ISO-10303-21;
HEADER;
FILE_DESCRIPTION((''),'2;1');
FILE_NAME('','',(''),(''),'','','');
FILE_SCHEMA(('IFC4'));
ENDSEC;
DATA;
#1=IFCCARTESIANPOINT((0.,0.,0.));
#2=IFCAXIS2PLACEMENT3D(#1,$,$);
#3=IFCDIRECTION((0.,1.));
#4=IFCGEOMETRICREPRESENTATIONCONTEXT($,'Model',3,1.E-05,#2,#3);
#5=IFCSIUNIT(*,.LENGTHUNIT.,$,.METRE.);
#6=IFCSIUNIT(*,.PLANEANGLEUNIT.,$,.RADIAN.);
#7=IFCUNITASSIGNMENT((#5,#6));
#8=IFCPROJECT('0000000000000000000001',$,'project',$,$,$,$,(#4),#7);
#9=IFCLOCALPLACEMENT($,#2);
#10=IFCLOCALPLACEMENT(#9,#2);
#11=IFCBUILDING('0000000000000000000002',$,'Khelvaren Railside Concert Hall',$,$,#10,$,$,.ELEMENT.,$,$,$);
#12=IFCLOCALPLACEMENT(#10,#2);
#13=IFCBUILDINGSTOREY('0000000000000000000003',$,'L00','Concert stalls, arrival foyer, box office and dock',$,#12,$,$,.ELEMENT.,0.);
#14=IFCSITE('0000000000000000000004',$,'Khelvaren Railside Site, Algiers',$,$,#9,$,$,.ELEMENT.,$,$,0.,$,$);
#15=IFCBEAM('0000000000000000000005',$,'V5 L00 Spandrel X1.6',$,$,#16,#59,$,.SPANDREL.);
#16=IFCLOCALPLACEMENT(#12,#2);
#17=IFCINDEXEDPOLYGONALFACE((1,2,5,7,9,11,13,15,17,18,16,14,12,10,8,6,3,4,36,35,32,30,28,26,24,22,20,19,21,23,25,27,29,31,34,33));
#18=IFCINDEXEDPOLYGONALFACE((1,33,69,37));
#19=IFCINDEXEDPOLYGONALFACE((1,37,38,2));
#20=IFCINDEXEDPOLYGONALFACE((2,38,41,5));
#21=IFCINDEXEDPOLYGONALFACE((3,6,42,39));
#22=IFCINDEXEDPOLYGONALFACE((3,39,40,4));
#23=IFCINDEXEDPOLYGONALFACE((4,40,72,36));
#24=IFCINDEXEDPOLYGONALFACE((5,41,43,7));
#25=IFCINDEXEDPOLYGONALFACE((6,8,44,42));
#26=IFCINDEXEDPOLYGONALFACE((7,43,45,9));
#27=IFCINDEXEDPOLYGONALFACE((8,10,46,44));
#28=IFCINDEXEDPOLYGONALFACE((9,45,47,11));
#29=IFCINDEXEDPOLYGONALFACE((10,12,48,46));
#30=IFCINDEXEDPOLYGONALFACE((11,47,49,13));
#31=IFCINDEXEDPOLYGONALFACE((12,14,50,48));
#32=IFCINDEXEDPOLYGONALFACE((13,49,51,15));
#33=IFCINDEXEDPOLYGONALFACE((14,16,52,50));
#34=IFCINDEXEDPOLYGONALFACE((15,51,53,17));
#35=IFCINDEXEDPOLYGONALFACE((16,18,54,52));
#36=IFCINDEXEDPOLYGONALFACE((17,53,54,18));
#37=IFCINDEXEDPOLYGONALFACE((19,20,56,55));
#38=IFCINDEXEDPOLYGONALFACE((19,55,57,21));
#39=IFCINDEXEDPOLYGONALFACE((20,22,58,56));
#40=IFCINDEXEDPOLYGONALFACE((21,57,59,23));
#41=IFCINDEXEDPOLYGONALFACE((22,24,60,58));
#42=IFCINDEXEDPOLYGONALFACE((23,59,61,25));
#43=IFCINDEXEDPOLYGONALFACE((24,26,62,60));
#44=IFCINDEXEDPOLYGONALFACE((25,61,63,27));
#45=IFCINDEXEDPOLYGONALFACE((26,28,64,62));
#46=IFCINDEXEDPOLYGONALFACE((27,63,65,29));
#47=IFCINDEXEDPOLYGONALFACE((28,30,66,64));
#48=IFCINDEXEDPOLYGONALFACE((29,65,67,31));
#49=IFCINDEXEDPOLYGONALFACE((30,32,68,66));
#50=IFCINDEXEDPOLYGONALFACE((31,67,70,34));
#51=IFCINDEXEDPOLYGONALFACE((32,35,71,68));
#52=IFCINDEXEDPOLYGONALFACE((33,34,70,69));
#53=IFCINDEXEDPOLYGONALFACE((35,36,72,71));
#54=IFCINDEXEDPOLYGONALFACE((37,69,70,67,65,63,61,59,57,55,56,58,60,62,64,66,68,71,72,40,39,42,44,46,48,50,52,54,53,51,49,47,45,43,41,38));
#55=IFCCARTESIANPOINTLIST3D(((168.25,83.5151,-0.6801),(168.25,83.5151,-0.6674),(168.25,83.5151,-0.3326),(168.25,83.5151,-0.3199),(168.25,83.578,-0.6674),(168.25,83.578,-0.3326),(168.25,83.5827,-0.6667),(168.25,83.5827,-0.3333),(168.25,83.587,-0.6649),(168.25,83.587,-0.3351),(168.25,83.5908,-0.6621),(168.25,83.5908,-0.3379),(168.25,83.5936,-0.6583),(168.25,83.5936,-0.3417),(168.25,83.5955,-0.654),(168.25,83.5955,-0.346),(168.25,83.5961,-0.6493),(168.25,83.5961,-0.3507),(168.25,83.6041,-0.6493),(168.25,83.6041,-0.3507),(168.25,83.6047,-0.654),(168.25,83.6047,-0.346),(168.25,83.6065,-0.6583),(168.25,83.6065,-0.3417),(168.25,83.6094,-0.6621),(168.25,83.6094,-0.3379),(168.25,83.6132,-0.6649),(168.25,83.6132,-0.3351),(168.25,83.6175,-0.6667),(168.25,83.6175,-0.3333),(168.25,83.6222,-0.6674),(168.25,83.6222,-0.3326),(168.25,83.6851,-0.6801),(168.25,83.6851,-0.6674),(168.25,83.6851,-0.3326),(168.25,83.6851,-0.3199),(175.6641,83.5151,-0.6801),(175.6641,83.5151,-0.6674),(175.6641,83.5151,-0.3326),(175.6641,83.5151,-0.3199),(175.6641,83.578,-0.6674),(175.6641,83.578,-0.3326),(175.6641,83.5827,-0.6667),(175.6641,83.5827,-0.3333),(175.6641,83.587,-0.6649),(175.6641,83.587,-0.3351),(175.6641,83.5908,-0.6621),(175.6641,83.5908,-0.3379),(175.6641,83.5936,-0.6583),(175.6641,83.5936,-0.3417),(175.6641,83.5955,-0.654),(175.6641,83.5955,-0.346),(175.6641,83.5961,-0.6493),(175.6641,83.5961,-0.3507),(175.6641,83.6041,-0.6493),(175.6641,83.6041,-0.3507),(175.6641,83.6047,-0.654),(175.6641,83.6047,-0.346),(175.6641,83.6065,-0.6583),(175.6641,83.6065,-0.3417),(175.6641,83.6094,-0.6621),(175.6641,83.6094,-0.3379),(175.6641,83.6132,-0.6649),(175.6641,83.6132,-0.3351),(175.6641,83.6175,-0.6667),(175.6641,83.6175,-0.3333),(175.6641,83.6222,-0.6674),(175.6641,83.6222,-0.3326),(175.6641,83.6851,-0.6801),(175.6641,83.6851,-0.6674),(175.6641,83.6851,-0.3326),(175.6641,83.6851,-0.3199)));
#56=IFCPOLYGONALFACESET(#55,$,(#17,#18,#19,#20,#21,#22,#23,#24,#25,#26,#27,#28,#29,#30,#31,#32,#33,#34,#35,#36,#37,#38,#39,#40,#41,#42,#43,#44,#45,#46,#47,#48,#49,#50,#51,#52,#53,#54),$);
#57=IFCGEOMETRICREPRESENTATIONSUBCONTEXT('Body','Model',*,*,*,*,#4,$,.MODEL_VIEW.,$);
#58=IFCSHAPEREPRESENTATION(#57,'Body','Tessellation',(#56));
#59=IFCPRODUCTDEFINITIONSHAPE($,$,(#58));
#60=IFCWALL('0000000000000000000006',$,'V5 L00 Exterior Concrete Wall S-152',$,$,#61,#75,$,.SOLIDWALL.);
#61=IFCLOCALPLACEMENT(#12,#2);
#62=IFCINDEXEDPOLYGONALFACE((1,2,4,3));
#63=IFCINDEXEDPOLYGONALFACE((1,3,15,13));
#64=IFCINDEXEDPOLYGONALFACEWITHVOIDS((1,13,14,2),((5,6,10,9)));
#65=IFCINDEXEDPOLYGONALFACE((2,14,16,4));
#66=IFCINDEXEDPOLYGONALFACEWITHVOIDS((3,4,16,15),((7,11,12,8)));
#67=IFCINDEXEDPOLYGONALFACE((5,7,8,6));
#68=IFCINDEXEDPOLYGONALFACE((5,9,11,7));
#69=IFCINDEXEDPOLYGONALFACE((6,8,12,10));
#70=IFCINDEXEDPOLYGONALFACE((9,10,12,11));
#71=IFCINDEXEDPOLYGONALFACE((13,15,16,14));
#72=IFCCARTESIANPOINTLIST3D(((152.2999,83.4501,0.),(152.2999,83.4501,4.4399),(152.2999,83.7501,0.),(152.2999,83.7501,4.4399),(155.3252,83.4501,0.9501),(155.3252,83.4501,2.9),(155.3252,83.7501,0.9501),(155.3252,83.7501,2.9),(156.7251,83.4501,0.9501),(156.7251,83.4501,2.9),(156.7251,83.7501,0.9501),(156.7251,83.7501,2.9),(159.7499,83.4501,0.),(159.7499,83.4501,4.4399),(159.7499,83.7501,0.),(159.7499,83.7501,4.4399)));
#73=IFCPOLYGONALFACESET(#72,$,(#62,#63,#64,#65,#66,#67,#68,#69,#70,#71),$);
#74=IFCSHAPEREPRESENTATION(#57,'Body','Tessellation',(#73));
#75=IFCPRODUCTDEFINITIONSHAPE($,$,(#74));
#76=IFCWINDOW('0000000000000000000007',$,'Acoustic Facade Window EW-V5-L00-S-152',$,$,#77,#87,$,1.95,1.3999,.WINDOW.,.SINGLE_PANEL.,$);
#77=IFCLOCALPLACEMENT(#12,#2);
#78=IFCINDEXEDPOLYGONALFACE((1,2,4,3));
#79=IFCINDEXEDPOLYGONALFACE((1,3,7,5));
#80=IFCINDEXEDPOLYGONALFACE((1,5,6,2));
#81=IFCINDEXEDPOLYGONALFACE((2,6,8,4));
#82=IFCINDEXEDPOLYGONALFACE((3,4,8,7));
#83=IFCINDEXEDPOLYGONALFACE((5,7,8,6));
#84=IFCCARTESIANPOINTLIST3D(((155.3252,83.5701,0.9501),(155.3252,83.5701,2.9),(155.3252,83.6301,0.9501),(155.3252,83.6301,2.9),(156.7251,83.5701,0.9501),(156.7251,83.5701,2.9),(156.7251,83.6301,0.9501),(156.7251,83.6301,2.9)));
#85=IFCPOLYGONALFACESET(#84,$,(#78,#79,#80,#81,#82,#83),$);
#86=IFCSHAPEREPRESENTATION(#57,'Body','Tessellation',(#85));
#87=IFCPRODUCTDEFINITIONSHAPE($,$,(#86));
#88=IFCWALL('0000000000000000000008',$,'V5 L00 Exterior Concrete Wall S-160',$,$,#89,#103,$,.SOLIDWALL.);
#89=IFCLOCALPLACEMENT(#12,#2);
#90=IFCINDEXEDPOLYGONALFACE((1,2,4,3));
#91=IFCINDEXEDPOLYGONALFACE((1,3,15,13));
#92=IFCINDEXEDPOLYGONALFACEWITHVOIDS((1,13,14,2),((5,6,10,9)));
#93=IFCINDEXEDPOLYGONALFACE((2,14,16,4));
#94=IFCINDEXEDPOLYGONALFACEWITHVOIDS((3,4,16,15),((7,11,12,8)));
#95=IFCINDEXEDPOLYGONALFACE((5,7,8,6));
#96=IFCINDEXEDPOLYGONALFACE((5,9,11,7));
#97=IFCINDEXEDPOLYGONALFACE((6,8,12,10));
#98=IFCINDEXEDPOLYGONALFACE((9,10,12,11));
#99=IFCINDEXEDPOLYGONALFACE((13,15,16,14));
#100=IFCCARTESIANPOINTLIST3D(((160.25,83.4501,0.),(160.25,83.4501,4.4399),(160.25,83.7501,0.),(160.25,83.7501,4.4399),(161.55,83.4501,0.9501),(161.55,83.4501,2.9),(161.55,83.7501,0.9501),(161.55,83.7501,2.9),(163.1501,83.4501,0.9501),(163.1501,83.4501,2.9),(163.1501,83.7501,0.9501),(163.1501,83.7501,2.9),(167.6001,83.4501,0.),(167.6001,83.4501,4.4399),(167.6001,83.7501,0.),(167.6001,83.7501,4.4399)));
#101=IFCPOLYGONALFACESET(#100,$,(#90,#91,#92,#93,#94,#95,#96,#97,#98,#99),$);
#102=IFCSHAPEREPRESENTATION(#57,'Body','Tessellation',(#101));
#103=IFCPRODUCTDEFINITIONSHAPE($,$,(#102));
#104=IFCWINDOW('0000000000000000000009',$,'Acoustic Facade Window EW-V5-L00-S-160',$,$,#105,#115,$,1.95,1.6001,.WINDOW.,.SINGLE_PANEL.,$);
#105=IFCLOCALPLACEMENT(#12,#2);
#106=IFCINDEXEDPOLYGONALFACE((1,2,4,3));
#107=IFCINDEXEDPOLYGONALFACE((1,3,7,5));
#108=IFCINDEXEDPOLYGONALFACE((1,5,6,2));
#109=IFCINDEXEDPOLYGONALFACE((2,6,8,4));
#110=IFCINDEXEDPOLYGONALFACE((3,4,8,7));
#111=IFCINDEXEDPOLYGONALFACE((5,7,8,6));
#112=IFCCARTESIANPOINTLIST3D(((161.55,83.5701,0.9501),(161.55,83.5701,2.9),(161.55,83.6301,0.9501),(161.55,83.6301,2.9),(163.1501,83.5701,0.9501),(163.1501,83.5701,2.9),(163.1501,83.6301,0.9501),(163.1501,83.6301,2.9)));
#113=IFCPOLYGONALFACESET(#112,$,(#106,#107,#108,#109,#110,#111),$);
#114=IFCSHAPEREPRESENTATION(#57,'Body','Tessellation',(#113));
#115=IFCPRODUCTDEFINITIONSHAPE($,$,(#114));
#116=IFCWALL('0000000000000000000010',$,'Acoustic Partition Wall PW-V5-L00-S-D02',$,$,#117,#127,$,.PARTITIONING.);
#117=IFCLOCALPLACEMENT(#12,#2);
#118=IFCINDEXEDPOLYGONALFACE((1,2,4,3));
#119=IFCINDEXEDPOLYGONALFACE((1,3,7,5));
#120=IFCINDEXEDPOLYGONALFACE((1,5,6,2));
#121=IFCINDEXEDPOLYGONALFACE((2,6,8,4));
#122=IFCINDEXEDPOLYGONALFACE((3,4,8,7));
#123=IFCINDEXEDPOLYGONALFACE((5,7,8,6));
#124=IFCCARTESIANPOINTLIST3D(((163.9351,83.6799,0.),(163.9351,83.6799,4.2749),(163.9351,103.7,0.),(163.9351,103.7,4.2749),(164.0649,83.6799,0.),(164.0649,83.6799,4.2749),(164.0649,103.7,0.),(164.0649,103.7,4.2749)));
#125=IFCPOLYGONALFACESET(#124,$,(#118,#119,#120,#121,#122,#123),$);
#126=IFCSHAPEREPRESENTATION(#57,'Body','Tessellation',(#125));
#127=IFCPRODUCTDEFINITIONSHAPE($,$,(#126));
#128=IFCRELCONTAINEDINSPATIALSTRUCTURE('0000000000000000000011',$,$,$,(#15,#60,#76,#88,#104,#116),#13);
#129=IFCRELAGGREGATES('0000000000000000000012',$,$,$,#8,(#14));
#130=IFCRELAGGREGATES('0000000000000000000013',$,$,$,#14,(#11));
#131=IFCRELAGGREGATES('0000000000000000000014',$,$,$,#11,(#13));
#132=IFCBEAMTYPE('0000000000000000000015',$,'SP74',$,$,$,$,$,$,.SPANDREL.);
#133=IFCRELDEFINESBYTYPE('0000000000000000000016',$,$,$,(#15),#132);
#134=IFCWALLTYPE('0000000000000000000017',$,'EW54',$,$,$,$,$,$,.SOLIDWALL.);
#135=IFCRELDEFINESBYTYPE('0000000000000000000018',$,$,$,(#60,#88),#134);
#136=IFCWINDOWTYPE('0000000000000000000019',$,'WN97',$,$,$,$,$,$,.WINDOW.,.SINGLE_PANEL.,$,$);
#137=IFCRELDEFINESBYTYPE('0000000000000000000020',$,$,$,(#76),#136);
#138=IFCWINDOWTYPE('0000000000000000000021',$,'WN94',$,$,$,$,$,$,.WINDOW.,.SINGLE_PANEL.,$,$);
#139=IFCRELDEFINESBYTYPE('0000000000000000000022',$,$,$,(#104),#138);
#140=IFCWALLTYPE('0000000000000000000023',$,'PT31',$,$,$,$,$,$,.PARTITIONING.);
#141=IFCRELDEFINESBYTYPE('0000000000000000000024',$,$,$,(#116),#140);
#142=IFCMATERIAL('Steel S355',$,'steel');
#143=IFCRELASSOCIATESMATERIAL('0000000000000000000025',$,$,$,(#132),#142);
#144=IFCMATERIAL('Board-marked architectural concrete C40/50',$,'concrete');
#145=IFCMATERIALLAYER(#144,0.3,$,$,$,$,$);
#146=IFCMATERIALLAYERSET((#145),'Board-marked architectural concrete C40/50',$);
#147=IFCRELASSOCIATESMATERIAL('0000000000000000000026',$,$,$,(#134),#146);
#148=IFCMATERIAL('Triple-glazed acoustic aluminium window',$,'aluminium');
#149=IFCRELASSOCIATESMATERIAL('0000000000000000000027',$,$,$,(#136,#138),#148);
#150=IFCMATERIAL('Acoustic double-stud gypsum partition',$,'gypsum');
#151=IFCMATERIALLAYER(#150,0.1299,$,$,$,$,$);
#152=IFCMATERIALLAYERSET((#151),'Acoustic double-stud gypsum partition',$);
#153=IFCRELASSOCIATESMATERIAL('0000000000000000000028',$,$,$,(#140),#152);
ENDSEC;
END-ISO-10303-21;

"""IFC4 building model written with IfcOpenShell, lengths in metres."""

from ifc_helpers import new_model, si_unit, direction, frame, frame_2d, origin, origin_2d, place, context, subcontext, project, spatial, rectangle, i_section, extrude, material, layer, layer_set, material_profile, profile_set, type_object, element, fill, save


model = new_model("IFC4")

# Units and contexts
model_context = context("Model", 3, precision=1e-05, world=origin(), true_north=direction((0.0, 1.0)))
body_context = subcontext(model_context, "Body", "Model", "MODEL_VIEW")
ifc_project = project(units=[si_unit("LENGTHUNIT", "METRE"), si_unit("PLANEANGLEUNIT", "RADIAN")], contexts=[model_context])

# Site, building, storey
site_placement = place(None, origin())
site = spatial("IfcSite", under=ifc_project, at=site_placement, Name="Khelvaren Railside Site, Algiers", CompositionType="ELEMENT", RefElevation=0.0)
building_placement = place(site_placement, origin())
building = spatial("IfcBuilding", under=site, at=building_placement, Name="Khelvaren Railside Concert Hall", CompositionType="ELEMENT")
storey_placement = place(building_placement, origin())
storey = spatial("IfcBuildingStorey", under=building, at=storey_placement, Name="L00", Description="Concert stalls, arrival foyer, box office and dock", CompositionType="ELEMENT", Elevation=0.0)

# Beam
ifc_material_1 = material(Name="Steel S355", Category="steel")
ifc_material_profile_1 = material_profile(ifc_material_1, i_section(OverallWidth=0.1699, OverallDepth=0.3601, WebThickness=0.0081, FlangeThickness=0.0127, FilletRadius=0.0181, at=origin_2d()), Name="IPE 360")
ifc_profile_set_1 = profile_set([ifc_material_profile_1], Name="Steel S355")
beam_type_1 = type_object("IfcBeamType", Name="SP74", PredefinedType="SPANDREL", material=ifc_profile_set_1)
beam_1_placement = place(storey_placement, frame((168.25, 83.6001, -0.5), z_axis=(1.0, 0.0, 0.0), x_axis=(0.0, 1.0, 0.0)))
element("IfcBeam", 1, at=beam_1_placement, inside=storey, type_object=beam_type_1, Name="V5 L00 Spandrel X1.6", PredefinedType="SPANDREL", context=body_context, shape_type="SweptSolid", body=[
    extrude(i_section(OverallWidth=0.1699, OverallDepth=0.3601, WebThickness=0.0081, FlangeThickness=0.0127, FilletRadius=0.0181, at=origin_2d()), origin(), (0.0, 0.0, 1.0), 7.4141),
])

# Walls, openings, windows
ifc_material_2 = material(Name="Board-marked architectural concrete C40/50", Category="concrete")
ifc_layer_1 = layer(ifc_material_2, 0.3)
ifc_layer_set_1 = layer_set([ifc_layer_1], Name="Board-marked architectural concrete C40/50")
wall_type_1 = type_object("IfcWallType", Name="EW54", PredefinedType="SOLIDWALL", material=ifc_layer_set_1)
wall_1_placement = place(storey_placement, frame((159.75, 83.6001, 0.0), z_axis=(0.0, 0.0, 1.0), x_axis=(-1.0, 0.0, 0.0)))
wall_1 = element("IfcWall", 2, at=wall_1_placement, inside=storey, type_object=wall_type_1, Name="V5 L00 Exterior Concrete Wall S-152", PredefinedType="SOLIDWALL", context=body_context, shape_type="SweptSolid", body=[
    extrude(rectangle(XDim=7.45, YDim=0.3, at=frame_2d((3.7251, 0.0))), origin(), (0.0, 0.0, 1.0), 4.4399),
])
opening_1_placement = place(wall_1_placement, frame((3.0249, 0.0, 0.95)))
opening_1 = element("IfcOpeningElement", 3, at=opening_1_placement, cuts=wall_1, PredefinedType="OPENING", context=body_context, shape_type="SweptSolid", body=[
    extrude(rectangle(XDim=1.3999, YDim=1.95, at=frame_2d((0.7, 0.9751))), frame((0.0, 0.1599, 0.0), z_axis=(0.0, -1.0, 0.0), x_axis=(1.0, 0.0, 0.0)), (0.0, 0.0, 1.0), 0.3201),
])
ifc_material_3 = material(Name="Triple-glazed acoustic aluminium window", Category="aluminium")
window_type_1 = type_object("IfcWindowType", Name="WN97", PartitioningType="SINGLE_PANEL", PredefinedType="WINDOW", material=ifc_material_3)
window_1_placement = place(opening_1_placement, origin())
window_1 = element("IfcWindow", 4, at=window_1_placement, inside=storey, type_object=window_type_1, Name="Acoustic Facade Window EW-V5-L00-S-152", OverallHeight=1.95, OverallWidth=1.3999, PartitioningType="SINGLE_PANEL", PredefinedType="WINDOW", context=body_context, shape_type="SweptSolid", body=[
    extrude(rectangle(XDim=1.3999, YDim=1.95, at=frame_2d((0.7, 0.9751))), frame((0.0, 0.03, 0.0), z_axis=(0.0, -1.0, 0.0), x_axis=(1.0, 0.0, 0.0)), (0.0, 0.0, 1.0), 0.0601),
])
fill(opening_1, window_1)
wall_2_placement = place(storey_placement, frame((167.6001, 83.6001, 0.0), z_axis=(0.0, 0.0, 1.0), x_axis=(-1.0, 0.0, 0.0)))
wall_2 = element("IfcWall", 5, at=wall_2_placement, inside=storey, type_object=wall_type_1, Name="V5 L00 Exterior Concrete Wall S-160", PredefinedType="SOLIDWALL", context=body_context, shape_type="SweptSolid", body=[
    extrude(rectangle(XDim=7.3501, YDim=0.3, at=frame_2d((3.675, 0.0))), origin(), (0.0, 0.0, 1.0), 4.4399),
])
opening_2_placement = place(wall_2_placement, frame((4.45, 0.0, 0.95)))
opening_2 = element("IfcOpeningElement", 6, at=opening_2_placement, cuts=wall_2, PredefinedType="OPENING", context=body_context, shape_type="SweptSolid", body=[
    extrude(rectangle(XDim=1.6001, YDim=1.95, at=frame_2d((0.8, 0.9751))), frame((0.0, 0.1599, 0.0), z_axis=(0.0, -1.0, 0.0), x_axis=(1.0, 0.0, 0.0)), (0.0, 0.0, 1.0), 0.3201),
])
window_type_2 = type_object("IfcWindowType", Name="WN94", PartitioningType="SINGLE_PANEL", PredefinedType="WINDOW", material=ifc_material_3)
window_2_placement = place(opening_2_placement, origin())
window_2 = element("IfcWindow", 7, at=window_2_placement, inside=storey, type_object=window_type_2, Name="Acoustic Facade Window EW-V5-L00-S-160", OverallHeight=1.95, OverallWidth=1.6001, PartitioningType="SINGLE_PANEL", PredefinedType="WINDOW", context=body_context, shape_type="SweptSolid", body=[
    extrude(rectangle(XDim=1.6001, YDim=1.95, at=frame_2d((0.8, 0.9751))), frame((0.0, 0.03, 0.0), z_axis=(0.0, -1.0, 0.0), x_axis=(1.0, 0.0, 0.0)), (0.0, 0.0, 1.0), 0.0601),
])
fill(opening_2, window_2)

# Wall
ifc_material_4 = material(Name="Acoustic double-stud gypsum partition", Category="gypsum")
ifc_layer_2 = layer(ifc_material_4, 0.1299)
ifc_layer_set_2 = layer_set([ifc_layer_2], Name="Acoustic double-stud gypsum partition")
wall_type_2 = type_object("IfcWallType", Name="PT31", PredefinedType="PARTITIONING", material=ifc_layer_set_2)
wall_3_placement = place(storey_placement, frame((164.0, 83.6799, 0.0), z_axis=(0.0, 0.0, 1.0), x_axis=(0.0, 1.0, 0.0)))
element("IfcWall", 8, at=wall_3_placement, inside=storey, type_object=wall_type_2, Name="Acoustic Partition Wall PW-V5-L00-S-D02", PredefinedType="PARTITIONING", context=body_context, shape_type="SweptSolid", body=[
    extrude(rectangle(XDim=20.02, YDim=0.1299, at=frame_2d((10.01, 0.0))), origin(), (0.0, 0.0, 1.0), 4.2749),
])

save(model, "model.ifc")
